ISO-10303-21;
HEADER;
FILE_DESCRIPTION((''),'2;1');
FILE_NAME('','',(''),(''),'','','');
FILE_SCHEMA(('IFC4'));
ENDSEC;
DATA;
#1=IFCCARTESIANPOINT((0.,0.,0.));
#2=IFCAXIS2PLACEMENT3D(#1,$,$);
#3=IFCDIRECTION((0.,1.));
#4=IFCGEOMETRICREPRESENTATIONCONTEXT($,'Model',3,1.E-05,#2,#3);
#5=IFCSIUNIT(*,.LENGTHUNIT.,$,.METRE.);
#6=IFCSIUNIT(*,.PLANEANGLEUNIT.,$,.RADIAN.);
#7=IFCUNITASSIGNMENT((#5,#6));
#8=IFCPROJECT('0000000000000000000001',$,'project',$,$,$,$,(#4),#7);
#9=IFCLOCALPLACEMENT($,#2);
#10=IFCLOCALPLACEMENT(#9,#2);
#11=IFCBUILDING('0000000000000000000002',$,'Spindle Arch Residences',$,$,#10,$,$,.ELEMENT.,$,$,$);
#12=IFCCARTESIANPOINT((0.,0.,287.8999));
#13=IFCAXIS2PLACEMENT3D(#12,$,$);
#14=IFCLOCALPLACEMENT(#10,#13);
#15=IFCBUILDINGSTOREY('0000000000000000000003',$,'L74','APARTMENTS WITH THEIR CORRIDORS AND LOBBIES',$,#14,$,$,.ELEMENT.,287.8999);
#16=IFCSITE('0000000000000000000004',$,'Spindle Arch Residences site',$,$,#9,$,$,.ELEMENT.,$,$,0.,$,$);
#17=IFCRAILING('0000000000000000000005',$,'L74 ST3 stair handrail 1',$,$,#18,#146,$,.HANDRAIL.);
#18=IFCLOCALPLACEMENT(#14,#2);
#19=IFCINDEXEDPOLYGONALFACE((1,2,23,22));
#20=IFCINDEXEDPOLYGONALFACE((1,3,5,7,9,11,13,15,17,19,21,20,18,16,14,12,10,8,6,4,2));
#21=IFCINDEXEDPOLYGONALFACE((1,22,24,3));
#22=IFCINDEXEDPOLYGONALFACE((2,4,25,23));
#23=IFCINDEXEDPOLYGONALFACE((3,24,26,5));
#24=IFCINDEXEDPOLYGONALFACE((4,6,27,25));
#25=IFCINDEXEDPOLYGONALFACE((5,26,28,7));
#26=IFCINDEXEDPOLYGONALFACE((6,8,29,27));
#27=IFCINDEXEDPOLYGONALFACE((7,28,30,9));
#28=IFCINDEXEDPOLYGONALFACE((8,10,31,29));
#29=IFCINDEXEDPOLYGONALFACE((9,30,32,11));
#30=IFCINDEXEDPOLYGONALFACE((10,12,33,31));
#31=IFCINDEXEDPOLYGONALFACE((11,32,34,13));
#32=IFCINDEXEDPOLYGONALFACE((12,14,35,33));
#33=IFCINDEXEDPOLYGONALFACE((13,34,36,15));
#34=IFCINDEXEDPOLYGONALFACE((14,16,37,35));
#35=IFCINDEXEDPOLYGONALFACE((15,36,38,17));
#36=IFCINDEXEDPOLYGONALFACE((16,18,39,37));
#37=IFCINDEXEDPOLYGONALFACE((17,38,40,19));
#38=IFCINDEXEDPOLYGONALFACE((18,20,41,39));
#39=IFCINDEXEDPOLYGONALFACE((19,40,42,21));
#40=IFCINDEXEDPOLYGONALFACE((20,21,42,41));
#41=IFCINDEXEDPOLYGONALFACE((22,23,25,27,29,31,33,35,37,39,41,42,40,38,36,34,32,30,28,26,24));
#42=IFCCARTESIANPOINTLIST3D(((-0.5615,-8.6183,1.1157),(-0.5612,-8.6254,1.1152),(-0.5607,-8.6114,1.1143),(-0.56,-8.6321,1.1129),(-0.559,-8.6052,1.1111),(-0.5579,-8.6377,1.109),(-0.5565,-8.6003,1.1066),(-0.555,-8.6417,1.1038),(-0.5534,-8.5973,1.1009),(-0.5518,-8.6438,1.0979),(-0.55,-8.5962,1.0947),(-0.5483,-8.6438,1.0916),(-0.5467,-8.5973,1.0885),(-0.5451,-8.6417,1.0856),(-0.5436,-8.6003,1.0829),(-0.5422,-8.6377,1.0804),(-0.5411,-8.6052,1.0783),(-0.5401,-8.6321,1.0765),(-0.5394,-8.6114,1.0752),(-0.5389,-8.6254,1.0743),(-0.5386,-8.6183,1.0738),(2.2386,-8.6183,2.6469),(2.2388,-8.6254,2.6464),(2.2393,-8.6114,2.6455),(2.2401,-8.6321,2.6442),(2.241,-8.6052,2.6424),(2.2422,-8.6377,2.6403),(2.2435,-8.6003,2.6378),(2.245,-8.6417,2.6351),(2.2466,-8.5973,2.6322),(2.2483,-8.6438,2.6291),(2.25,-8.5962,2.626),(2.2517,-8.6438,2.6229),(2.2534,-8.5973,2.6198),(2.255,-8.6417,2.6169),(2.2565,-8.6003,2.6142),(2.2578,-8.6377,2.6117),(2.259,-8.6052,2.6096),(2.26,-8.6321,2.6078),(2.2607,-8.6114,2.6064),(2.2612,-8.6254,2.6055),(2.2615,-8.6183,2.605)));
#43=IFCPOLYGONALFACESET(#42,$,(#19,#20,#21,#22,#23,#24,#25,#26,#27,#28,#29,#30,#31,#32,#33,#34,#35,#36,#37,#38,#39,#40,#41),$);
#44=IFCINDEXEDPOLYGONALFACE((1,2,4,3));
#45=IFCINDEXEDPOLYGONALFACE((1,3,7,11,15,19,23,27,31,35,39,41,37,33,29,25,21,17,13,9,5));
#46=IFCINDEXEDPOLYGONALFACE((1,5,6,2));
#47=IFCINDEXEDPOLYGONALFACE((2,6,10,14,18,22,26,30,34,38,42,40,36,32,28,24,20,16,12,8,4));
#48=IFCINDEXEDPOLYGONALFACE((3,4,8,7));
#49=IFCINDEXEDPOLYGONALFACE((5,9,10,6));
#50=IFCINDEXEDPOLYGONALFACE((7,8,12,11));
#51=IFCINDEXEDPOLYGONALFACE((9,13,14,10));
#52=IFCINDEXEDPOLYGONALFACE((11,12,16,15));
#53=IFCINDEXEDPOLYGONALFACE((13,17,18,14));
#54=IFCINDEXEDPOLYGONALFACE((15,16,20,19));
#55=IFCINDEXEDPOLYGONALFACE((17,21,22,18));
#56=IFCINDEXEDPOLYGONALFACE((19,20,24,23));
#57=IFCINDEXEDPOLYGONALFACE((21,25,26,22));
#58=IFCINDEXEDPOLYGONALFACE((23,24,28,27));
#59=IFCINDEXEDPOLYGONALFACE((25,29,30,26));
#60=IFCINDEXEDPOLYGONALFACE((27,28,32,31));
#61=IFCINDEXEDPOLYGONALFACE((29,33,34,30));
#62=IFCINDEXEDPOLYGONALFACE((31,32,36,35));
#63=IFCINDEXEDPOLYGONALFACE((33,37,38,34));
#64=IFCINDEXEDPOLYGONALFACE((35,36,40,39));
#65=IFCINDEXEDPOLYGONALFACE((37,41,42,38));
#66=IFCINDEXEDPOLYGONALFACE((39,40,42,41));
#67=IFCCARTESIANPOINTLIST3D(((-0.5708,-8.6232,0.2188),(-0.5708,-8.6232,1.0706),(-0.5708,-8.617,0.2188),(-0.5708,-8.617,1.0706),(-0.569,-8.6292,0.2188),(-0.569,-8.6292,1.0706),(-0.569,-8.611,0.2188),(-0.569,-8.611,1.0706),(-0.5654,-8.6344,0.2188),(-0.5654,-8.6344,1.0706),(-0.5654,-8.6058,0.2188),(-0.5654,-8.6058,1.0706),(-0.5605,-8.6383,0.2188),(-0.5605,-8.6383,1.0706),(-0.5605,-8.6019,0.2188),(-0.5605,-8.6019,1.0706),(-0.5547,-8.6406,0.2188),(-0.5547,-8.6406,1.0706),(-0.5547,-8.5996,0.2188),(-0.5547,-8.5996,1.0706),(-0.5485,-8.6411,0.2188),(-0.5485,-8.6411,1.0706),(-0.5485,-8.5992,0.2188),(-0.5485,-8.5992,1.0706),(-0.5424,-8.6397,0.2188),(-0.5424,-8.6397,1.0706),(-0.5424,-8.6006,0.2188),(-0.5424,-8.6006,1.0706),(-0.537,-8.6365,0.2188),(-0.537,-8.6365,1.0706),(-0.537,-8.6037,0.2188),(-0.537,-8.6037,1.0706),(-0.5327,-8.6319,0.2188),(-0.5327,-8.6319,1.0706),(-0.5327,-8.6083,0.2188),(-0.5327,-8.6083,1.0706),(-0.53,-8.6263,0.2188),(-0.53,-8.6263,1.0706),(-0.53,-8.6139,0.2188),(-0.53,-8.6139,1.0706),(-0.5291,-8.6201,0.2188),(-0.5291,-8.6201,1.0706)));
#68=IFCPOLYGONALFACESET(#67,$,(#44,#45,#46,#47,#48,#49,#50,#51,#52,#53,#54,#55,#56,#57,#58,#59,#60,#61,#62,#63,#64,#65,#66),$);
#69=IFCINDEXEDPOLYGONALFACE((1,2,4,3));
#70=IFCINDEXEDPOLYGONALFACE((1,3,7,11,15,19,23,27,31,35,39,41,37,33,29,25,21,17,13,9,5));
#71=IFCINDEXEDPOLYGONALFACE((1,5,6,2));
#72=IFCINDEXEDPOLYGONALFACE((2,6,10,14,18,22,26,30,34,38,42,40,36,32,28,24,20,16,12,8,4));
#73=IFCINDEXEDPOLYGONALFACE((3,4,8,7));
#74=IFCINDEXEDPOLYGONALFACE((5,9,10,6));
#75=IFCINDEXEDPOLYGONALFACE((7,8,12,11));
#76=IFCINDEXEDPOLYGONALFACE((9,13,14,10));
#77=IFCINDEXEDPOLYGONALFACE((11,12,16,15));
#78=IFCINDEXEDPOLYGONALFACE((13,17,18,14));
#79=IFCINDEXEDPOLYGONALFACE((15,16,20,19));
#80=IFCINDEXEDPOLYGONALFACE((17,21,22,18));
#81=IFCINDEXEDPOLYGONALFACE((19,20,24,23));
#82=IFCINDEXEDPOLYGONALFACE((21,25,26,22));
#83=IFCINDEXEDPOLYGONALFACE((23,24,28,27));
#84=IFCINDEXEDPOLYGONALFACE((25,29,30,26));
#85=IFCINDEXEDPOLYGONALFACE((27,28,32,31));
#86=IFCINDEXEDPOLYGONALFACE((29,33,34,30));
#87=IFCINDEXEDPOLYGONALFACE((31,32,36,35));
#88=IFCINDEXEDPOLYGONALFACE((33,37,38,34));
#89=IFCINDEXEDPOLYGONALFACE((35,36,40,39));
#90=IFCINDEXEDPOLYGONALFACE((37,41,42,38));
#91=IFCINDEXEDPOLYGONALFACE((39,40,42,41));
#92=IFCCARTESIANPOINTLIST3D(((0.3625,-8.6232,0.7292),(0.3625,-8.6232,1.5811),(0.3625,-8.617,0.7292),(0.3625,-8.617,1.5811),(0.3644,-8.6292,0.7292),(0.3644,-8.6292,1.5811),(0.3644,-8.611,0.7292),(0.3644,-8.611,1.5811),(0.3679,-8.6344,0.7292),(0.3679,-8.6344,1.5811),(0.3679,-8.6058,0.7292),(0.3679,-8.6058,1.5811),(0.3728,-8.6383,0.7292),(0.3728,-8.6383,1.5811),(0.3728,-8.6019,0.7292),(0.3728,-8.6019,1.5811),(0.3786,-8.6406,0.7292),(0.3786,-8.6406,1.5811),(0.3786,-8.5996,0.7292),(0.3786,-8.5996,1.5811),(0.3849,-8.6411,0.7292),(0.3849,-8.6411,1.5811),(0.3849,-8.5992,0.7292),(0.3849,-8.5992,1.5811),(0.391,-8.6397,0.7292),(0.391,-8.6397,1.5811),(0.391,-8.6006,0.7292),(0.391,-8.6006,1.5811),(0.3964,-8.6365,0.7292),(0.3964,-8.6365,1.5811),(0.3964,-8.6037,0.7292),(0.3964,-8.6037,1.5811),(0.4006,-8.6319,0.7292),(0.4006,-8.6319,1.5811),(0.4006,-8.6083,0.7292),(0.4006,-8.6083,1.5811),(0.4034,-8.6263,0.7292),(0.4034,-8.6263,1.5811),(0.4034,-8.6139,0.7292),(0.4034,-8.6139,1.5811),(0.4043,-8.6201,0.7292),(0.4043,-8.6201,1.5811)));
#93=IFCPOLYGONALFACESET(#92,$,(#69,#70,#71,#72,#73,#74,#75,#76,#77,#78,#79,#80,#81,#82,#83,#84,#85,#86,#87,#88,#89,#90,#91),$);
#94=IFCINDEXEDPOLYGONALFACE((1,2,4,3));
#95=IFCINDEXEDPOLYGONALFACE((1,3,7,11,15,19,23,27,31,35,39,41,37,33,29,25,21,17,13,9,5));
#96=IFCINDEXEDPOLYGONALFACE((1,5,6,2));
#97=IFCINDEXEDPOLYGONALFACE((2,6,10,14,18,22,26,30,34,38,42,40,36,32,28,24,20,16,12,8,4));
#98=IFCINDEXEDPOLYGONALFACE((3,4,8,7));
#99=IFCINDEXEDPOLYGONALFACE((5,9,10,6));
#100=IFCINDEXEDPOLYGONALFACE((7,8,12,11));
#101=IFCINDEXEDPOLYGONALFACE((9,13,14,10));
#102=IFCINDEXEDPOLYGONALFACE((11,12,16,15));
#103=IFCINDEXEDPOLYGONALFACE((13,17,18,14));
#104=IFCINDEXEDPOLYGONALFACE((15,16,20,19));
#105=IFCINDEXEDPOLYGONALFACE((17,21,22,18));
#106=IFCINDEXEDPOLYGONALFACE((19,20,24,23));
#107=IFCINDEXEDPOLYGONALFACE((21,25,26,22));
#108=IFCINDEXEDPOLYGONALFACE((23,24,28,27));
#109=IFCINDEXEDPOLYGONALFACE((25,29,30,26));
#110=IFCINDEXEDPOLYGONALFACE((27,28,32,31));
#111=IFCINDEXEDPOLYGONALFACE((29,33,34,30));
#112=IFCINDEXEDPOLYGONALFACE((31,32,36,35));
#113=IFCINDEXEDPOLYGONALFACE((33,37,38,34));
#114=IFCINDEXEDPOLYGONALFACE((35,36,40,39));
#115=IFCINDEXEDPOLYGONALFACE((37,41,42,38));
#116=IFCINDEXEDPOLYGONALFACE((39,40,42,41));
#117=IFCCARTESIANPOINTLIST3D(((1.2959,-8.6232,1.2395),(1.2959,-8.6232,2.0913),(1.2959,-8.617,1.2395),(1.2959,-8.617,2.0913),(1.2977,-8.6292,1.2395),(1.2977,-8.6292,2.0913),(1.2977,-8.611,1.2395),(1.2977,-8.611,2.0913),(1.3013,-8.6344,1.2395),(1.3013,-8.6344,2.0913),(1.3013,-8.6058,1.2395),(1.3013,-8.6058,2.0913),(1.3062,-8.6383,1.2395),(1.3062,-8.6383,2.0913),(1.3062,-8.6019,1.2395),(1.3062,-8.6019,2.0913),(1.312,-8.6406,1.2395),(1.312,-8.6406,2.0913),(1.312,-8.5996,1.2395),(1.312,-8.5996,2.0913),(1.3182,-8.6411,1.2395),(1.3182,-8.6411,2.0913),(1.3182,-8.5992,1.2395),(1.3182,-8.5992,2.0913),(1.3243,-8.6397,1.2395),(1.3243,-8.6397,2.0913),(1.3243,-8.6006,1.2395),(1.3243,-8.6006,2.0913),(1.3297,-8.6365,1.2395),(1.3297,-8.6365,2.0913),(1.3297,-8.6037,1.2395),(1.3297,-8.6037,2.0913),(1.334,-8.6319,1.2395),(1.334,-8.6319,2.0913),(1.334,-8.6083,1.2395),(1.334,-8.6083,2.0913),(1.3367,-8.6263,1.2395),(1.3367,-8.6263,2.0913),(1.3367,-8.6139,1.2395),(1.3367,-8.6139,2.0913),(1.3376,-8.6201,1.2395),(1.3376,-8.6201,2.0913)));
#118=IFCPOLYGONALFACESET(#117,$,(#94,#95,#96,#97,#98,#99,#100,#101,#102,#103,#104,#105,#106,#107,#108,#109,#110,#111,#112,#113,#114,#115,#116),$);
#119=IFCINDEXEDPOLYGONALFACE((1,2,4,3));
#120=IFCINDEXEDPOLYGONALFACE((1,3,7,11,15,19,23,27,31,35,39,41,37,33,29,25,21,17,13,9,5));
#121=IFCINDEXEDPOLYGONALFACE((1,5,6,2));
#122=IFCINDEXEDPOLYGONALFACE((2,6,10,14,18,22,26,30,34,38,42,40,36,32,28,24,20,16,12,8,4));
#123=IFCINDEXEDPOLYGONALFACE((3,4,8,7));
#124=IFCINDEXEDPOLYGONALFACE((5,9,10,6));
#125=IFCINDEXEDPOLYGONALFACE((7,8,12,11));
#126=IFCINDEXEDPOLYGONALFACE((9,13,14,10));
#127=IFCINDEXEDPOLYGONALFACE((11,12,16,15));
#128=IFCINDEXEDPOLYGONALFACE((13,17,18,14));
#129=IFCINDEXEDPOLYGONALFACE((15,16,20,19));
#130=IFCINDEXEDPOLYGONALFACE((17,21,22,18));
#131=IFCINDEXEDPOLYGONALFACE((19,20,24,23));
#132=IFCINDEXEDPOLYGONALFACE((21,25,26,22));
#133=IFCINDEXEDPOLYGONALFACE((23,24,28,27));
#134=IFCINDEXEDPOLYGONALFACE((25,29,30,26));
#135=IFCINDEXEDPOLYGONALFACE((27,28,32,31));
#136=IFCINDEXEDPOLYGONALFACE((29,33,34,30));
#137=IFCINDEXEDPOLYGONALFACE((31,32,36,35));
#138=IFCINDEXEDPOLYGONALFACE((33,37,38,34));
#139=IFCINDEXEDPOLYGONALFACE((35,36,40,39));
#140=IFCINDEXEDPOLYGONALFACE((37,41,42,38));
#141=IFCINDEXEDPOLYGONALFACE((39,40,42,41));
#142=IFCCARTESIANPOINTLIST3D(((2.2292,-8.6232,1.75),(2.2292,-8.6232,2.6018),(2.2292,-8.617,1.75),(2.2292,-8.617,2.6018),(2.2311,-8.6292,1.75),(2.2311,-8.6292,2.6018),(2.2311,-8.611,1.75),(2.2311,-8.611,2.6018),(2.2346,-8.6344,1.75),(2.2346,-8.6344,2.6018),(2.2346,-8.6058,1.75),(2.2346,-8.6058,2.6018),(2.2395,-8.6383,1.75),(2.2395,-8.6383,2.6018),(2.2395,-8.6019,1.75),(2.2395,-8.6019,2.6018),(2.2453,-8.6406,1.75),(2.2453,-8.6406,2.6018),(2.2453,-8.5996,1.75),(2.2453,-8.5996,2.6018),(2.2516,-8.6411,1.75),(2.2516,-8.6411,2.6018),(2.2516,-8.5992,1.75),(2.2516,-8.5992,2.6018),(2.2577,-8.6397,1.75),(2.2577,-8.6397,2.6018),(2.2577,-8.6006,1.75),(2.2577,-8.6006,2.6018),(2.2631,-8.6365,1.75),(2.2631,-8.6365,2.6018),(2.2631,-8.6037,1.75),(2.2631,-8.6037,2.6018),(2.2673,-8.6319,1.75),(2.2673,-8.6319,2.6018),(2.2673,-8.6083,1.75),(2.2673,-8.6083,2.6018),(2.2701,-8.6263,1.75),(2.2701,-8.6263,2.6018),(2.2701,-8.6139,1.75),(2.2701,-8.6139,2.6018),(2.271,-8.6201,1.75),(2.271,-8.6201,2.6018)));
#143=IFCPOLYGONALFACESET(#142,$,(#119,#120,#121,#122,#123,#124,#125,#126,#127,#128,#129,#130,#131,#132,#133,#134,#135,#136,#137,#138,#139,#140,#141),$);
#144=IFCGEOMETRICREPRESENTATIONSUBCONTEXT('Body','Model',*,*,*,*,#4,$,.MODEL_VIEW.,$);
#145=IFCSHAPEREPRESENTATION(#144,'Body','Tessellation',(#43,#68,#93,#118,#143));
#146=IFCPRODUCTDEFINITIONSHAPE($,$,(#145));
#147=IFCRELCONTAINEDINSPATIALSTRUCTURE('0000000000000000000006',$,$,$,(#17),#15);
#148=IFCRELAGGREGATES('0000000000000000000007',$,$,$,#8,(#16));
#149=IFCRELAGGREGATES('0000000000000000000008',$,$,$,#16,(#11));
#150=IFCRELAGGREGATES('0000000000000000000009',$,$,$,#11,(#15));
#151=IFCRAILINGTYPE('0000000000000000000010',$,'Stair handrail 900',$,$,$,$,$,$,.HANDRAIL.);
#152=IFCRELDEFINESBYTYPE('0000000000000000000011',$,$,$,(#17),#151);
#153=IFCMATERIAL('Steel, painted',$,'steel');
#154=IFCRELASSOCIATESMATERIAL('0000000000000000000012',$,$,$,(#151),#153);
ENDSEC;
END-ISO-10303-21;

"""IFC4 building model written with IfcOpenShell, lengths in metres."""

from ifc_helpers import new_model, si_unit, direction, frame, origin, origin_2d, place, context, subcontext, project, spatial, circle, extrude, material, type_object, element, save


model = new_model("IFC4")

# Units and contexts
model_context = context("Model", 3, precision=1e-05, world=origin(), true_north=direction((0.0, 1.0)))
body_context = subcontext(model_context, "Body", "Model", "MODEL_VIEW")
ifc_project = project(units=[si_unit("LENGTHUNIT", "METRE"), si_unit("PLANEANGLEUNIT", "RADIAN")], contexts=[model_context])

# Site, building, storey
site_placement = place(None, origin())
site = spatial("IfcSite", under=ifc_project, at=site_placement, Name="Spindle Arch Residences site", CompositionType="ELEMENT", RefElevation=0.0)
building_placement = place(site_placement, origin())
building = spatial("IfcBuilding", under=site, at=building_placement, Name="Spindle Arch Residences", CompositionType="ELEMENT")
storey_placement = place(building_placement, frame((0.0, 0.0, 287.8999)))
storey = spatial("IfcBuildingStorey", under=building, at=storey_placement, Name="L74", Description="APARTMENTS WITH THEIR CORRIDORS AND LOBBIES", CompositionType="ELEMENT", Elevation=287.8999)

# Railing
ifc_material_1 = material(Name="Steel, painted", Category="steel")
railing_type = type_object("IfcRailingType", Name="Stair handrail 900", PredefinedType="HANDRAIL", material=ifc_material_1)
railing_placement = place(storey_placement, frame((-0.55, -8.6201, 0.2188)))
element("IfcRailing", 1, at=railing_placement, inside=storey, type_object=railing_type, Name="L74 ST3 stair handrail 1", PredefinedType="HANDRAIL", context=body_context, shape_type="SweptSolid", body=[
    extrude(circle(Radius=0.0239, at=origin_2d()), frame((0.0, 0.0, 0.876), z_axis=(0.877375, 0.0, 0.479806), x_axis=(0.0, 1.0, 0.0)), (0.0, 0.0, 1.0), 3.1914),
    extrude(circle(Radius=0.021, at=origin_2d()), origin(), (0.0, 0.0, 1.0), 0.8518),
    extrude(circle(Radius=0.021, at=origin_2d()), frame((0.9333, 0.0, 0.5105)), (0.0, 0.0, 1.0), 0.8518),
    extrude(circle(Radius=0.021, at=origin_2d()), frame((1.8667, 0.0, 1.0208)), (0.0, 0.0, 1.0), 0.8518),
    extrude(circle(Radius=0.021, at=origin_2d()), frame((2.8, 0.0, 1.5312)), (0.0, 0.0, 1.0), 0.8518),
])

save(model, "model.ifc")
